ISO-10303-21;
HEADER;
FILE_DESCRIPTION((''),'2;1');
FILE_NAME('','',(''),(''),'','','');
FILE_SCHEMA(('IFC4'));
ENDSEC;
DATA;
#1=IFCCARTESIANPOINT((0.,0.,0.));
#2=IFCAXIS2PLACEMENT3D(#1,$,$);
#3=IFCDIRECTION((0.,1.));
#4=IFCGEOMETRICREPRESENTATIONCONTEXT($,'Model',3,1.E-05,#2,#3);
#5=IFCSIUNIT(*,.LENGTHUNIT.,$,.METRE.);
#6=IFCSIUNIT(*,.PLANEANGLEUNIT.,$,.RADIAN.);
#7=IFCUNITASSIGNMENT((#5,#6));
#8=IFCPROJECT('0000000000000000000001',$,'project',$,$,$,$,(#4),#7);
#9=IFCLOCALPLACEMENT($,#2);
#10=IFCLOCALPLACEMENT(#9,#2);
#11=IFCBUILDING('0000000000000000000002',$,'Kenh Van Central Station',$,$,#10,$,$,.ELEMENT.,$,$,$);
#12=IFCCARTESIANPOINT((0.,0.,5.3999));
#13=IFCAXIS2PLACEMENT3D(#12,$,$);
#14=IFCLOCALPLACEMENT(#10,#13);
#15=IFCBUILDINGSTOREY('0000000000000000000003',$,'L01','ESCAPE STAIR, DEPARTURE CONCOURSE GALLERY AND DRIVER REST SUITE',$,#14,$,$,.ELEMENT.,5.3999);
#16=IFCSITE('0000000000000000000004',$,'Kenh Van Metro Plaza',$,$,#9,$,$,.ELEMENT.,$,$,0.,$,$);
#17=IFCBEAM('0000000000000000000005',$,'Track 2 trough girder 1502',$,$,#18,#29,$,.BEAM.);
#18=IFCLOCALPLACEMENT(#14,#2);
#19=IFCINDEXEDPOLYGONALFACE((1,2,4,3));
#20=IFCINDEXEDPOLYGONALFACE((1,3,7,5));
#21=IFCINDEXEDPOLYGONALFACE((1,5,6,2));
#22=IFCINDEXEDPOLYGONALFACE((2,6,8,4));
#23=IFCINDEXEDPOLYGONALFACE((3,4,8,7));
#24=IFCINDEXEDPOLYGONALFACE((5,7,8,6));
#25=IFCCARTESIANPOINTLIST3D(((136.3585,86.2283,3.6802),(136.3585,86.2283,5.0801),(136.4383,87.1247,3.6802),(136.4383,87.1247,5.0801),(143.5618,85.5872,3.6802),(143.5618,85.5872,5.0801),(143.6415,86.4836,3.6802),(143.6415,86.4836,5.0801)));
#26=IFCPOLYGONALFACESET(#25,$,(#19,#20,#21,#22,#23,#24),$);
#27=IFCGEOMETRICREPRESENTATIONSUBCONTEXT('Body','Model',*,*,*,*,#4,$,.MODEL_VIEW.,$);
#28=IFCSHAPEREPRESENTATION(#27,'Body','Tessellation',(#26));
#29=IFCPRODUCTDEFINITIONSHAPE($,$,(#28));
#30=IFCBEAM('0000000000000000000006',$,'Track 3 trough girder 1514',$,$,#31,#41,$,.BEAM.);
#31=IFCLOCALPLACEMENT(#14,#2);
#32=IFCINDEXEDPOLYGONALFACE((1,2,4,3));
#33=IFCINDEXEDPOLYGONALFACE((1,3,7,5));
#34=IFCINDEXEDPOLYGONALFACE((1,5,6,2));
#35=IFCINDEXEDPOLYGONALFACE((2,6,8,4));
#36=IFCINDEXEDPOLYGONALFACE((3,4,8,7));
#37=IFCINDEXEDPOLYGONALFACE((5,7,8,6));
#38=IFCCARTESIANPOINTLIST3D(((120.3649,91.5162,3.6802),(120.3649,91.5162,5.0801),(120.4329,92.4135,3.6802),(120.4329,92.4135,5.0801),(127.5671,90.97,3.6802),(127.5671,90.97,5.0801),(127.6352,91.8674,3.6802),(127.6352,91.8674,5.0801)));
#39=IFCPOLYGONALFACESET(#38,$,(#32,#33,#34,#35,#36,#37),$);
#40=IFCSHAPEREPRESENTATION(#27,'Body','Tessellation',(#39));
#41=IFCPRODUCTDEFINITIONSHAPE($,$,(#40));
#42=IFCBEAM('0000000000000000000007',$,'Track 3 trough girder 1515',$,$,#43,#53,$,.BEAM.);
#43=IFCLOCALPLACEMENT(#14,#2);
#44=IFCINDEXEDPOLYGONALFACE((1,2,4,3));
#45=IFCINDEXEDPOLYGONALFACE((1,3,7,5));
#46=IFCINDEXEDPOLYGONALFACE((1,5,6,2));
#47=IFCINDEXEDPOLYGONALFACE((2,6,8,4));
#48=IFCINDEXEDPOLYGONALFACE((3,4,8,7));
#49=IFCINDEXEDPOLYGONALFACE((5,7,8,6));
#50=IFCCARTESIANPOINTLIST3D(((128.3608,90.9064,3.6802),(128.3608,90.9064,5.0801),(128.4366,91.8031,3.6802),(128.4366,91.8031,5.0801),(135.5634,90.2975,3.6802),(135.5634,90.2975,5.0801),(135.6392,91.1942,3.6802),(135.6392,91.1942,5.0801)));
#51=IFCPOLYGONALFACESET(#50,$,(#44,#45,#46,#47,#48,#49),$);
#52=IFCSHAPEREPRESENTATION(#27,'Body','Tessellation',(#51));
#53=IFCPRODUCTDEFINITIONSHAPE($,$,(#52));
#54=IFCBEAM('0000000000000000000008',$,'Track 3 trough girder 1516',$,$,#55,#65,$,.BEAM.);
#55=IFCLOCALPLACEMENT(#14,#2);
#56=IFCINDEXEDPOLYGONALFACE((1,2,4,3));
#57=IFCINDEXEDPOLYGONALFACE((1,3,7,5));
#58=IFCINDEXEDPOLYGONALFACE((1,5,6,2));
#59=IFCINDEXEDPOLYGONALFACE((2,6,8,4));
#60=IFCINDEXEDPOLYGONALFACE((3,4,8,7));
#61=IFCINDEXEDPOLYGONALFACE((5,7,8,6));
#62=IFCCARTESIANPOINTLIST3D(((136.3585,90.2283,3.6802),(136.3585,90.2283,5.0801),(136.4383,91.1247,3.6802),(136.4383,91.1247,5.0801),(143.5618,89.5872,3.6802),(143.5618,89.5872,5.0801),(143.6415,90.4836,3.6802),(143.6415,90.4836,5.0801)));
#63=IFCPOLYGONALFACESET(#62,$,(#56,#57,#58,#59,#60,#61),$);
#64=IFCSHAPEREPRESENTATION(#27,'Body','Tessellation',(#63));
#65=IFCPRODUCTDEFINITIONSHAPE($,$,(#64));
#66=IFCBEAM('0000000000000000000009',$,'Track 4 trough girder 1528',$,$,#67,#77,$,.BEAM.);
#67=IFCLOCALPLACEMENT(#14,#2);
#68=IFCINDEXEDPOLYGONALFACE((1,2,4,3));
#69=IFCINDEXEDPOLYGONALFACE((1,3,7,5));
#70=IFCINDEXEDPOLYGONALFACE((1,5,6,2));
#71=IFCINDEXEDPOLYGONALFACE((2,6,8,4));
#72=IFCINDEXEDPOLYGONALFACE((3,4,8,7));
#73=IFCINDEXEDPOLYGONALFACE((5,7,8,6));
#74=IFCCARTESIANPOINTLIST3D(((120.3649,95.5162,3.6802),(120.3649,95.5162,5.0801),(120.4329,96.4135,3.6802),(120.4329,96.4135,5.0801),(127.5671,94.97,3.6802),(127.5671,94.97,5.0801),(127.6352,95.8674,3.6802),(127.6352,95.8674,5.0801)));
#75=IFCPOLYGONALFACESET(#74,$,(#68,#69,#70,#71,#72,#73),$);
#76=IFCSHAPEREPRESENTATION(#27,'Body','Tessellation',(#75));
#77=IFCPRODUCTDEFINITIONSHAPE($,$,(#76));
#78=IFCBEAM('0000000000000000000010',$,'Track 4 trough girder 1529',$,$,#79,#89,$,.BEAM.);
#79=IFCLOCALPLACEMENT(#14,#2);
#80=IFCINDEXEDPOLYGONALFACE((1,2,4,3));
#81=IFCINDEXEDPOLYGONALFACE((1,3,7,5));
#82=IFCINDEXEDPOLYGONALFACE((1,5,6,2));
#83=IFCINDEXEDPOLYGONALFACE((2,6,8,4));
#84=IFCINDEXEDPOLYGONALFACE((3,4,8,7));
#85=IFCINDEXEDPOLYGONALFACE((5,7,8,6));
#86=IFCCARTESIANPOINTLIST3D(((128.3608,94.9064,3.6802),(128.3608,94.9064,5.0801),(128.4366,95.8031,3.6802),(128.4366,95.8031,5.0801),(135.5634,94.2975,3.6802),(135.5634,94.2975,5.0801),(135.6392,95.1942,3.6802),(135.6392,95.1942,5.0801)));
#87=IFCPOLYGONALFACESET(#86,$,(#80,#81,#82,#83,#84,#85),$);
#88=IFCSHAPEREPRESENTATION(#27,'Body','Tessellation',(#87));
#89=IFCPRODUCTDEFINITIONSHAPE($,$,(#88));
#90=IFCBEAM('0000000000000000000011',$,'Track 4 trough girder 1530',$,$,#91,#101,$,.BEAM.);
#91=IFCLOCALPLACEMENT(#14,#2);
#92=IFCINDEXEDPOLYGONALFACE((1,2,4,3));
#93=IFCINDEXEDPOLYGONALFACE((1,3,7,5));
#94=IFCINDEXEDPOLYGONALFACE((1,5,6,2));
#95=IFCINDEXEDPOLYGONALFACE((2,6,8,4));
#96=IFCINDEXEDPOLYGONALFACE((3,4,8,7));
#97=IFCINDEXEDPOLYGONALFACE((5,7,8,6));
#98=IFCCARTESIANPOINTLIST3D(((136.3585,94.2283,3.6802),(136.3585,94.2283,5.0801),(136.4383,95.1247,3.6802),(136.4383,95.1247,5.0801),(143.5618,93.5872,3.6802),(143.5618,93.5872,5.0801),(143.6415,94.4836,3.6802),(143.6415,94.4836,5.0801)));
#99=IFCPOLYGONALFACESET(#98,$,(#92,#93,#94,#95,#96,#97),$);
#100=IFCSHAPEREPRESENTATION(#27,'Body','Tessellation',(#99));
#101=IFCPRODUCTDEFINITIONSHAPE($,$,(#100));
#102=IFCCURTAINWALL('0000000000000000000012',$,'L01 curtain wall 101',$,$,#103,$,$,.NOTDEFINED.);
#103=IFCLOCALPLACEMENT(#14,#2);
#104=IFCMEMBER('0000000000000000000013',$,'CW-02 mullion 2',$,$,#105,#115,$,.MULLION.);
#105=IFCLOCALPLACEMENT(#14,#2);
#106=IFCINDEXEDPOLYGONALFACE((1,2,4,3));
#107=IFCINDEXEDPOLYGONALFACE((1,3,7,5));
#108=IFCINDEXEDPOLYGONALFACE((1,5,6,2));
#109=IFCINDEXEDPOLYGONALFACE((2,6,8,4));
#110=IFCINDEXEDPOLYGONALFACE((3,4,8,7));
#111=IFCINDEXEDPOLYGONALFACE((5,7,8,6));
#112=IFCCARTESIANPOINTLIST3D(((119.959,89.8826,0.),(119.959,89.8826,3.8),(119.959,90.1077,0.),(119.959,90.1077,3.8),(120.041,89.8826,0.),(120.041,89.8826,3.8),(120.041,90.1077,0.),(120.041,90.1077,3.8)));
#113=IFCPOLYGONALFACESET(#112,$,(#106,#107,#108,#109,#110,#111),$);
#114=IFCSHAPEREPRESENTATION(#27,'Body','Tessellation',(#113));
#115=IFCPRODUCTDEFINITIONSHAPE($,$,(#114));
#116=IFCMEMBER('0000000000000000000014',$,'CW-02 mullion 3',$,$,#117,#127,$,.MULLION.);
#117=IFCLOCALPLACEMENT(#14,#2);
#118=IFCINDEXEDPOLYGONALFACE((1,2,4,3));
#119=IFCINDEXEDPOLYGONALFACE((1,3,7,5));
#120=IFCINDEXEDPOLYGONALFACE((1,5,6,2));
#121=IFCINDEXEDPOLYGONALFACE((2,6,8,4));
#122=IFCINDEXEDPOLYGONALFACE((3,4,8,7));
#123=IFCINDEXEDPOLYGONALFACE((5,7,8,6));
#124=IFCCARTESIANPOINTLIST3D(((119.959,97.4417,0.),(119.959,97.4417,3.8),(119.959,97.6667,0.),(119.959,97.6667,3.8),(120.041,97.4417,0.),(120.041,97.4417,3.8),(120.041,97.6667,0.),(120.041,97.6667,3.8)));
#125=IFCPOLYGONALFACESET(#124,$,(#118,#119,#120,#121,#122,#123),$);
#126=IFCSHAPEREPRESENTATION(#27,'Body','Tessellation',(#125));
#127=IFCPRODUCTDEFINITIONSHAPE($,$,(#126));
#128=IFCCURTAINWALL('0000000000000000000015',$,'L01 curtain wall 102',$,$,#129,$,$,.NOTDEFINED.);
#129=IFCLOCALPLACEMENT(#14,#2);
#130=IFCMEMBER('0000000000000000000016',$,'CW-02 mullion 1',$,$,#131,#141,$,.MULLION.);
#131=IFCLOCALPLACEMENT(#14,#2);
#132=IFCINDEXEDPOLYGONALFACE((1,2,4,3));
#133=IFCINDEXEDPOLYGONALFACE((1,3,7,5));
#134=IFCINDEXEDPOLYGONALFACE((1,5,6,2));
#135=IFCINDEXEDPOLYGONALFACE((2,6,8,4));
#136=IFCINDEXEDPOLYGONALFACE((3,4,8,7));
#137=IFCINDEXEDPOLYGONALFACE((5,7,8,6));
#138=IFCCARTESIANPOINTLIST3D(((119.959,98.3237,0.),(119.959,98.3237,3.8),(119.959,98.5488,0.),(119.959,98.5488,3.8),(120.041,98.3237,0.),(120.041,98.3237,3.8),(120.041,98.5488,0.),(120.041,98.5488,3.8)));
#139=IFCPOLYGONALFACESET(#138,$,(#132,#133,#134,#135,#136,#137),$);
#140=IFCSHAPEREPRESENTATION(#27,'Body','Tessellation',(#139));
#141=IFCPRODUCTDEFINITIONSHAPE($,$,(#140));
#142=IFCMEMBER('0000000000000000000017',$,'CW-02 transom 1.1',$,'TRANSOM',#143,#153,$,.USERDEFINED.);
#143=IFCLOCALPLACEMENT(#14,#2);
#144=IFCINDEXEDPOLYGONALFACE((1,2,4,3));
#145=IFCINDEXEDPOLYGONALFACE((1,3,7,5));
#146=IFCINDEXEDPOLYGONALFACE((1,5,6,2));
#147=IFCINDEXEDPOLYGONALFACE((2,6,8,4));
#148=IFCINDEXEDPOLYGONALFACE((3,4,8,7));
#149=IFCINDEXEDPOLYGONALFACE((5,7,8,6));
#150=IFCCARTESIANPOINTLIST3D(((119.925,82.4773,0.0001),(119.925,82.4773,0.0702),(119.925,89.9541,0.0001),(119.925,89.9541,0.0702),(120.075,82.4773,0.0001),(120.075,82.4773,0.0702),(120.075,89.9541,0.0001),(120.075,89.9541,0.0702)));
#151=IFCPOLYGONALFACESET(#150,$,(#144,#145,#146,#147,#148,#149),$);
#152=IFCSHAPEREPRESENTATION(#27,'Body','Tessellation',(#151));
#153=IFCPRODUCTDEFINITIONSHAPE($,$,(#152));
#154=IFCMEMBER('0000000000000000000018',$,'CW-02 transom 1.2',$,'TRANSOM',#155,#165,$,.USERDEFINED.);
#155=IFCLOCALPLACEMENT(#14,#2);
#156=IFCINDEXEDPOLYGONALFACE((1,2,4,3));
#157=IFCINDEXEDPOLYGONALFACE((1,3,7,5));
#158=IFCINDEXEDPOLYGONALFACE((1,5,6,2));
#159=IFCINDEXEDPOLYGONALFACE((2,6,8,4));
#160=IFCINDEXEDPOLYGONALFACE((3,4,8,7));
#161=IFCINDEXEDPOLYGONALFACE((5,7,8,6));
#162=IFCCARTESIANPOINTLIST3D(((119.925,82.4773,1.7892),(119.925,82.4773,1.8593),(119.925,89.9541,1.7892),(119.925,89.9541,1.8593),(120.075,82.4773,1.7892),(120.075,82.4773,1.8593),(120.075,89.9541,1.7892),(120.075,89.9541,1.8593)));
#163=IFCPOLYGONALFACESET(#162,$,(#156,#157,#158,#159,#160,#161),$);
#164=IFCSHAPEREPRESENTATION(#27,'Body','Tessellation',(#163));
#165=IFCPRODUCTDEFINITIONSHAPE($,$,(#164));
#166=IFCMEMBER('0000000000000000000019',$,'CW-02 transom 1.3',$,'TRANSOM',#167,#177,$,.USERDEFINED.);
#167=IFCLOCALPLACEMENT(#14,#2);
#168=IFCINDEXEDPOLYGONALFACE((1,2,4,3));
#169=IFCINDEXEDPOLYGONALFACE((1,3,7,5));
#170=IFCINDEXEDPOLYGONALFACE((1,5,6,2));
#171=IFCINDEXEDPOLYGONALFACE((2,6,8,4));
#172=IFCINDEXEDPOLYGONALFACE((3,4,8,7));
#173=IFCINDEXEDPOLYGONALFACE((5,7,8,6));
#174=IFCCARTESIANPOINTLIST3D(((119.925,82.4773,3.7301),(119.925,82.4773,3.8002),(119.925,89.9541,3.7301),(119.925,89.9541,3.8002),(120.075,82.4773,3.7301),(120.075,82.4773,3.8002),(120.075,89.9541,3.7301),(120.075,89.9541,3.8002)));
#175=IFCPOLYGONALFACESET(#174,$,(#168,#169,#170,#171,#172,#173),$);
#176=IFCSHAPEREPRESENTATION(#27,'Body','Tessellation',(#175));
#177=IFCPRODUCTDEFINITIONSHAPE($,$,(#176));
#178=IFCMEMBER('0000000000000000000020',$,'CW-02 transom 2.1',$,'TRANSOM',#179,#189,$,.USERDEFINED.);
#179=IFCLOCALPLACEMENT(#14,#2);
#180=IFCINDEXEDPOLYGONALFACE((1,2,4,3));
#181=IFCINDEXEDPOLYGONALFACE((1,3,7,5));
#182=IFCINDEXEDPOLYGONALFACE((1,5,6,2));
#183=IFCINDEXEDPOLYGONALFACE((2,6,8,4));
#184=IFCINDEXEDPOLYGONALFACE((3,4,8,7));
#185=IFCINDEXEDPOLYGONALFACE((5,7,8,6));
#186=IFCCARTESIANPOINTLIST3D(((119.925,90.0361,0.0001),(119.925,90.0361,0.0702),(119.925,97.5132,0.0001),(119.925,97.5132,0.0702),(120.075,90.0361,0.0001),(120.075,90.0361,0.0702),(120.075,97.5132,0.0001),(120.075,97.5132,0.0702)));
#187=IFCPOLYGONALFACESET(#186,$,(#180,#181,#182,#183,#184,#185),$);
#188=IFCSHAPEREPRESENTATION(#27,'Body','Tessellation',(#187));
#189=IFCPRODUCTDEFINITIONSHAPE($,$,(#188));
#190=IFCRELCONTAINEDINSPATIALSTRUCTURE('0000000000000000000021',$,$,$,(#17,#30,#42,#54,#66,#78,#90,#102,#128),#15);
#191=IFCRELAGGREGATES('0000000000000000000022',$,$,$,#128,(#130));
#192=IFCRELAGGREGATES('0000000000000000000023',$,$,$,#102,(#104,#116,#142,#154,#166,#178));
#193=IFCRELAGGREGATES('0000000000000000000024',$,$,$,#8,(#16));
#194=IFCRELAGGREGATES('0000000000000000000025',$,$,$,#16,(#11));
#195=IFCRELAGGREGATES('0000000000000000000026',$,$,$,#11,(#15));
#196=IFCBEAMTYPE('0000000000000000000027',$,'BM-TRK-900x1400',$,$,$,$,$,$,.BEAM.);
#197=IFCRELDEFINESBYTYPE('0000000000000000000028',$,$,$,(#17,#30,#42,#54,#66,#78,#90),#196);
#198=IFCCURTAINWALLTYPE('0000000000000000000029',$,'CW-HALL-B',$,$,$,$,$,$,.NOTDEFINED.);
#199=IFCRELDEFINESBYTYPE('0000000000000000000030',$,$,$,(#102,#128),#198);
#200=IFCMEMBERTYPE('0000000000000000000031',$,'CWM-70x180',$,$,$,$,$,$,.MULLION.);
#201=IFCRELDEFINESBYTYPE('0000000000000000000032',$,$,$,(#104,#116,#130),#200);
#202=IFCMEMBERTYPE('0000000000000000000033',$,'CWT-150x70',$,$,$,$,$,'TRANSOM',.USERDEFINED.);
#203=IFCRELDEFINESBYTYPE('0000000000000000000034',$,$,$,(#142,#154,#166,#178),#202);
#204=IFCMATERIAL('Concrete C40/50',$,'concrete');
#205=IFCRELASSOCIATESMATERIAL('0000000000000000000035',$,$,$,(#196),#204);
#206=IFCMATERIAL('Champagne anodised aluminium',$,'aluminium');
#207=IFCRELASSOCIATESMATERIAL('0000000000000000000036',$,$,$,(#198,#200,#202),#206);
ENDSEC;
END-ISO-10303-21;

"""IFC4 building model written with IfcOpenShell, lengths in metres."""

from ifc_helpers import new_model, si_unit, direction, frame, origin, origin_2d, place, context, subcontext, project, spatial, rectangle, extrude, material, material_profile, profile_set, type_object, element, aggregate, save


model = new_model("IFC4")

# Units and contexts
model_context = context("Model", 3, precision=1e-05, world=origin(), true_north=direction((0.0, 1.0)))
body_context = subcontext(model_context, "Body", "Model", "MODEL_VIEW")
ifc_project = project(units=[si_unit("LENGTHUNIT", "METRE"), si_unit("PLANEANGLEUNIT", "RADIAN")], contexts=[model_context])

# Site, building, storey
site_placement = place(None, origin())
site = spatial("IfcSite", under=ifc_project, at=site_placement, Name="Kenh Van Metro Plaza", CompositionType="ELEMENT", RefElevation=0.0)
building_placement = place(site_placement, origin())
building = spatial("IfcBuilding", under=site, at=building_placement, Name="Kenh Van Central Station", CompositionType="ELEMENT")
storey_placement = place(building_placement, frame((0.0, 0.0, 5.3999)))
storey = spatial("IfcBuildingStorey", under=building, at=storey_placement, Name="L01", Description="ESCAPE STAIR, DEPARTURE CONCOURSE GALLERY AND DRIVER REST SUITE", CompositionType="ELEMENT", Elevation=5.3999)

# Shared definitions
ifc_material_1 = material(Name="Concrete C40/50", Category="concrete")

# Beams
ifc_material_profile_1 = material_profile(ifc_material_1, rectangle(XDim=0.8999, YDim=1.3999, at=origin_2d()), Name="RC 900x1400")
ifc_profile_set_1 = profile_set([ifc_material_profile_1], Name="Concrete C40/50")
beam_type_1 = type_object("IfcBeamType", Name="BM-TRK-900x1400", PredefinedType="BEAM", material=ifc_profile_set_1)
beam_1_placement = place(storey_placement, frame((136.3984, 86.6765, 4.3801), z_axis=(0.996062, -0.088654, 0.0), x_axis=(0.088654, 0.996062, 0.0)))
element("IfcBeam", 1, at=beam_1_placement, inside=storey, type_object=beam_type_1, Name="Track 2 trough girder 1502", PredefinedType="BEAM", context=body_context, shape_type="SweptSolid", body=[
    extrude(rectangle(XDim=0.8999, YDim=1.3999, at=origin_2d()), origin(), (0.0, 0.0, 1.0), 7.2317),
])
beam_2_placement = place(storey_placement, frame((120.3989, 91.9648, 4.3801), z_axis=(0.997137, -0.075613, 0.0), x_axis=(0.075613, 0.997137, 0.0)))
element("IfcBeam", 2, at=beam_2_placement, inside=storey, type_object=beam_type_1, Name="Track 3 trough girder 1514", PredefinedType="BEAM", context=body_context, shape_type="SweptSolid", body=[
    extrude(rectangle(XDim=0.8999, YDim=1.3999, at=origin_2d()), origin(), (0.0, 0.0, 1.0), 7.2229),
])
beam_3_placement = place(storey_placement, frame((128.3987, 91.3547, 4.3801), z_axis=(0.996446, -0.084236, 0.0), x_axis=(0.084236, 0.996446, 0.0)))
element("IfcBeam", 3, at=beam_3_placement, inside=storey, type_object=beam_type_1, Name="Track 3 trough girder 1515", PredefinedType="BEAM", context=body_context, shape_type="SweptSolid", body=[
    extrude(rectangle(XDim=0.8999, YDim=1.3999, at=origin_2d()), origin(), (0.0, 0.0, 1.0), 7.2283),
])
beam_4_placement = place(storey_placement, frame((136.3984, 90.6765, 4.3801), z_axis=(0.996062, -0.088654, 0.0), x_axis=(0.088654, 0.996062, 0.0)))
element("IfcBeam", 4, at=beam_4_placement, inside=storey, type_object=beam_type_1, Name="Track 3 trough girder 1516", PredefinedType="BEAM", context=body_context, shape_type="SweptSolid", body=[
    extrude(rectangle(XDim=0.8999, YDim=1.3999, at=origin_2d()), origin(), (0.0, 0.0, 1.0), 7.2317),
])
beam_5_placement = place(storey_placement, frame((120.3989, 95.9648, 4.3801), z_axis=(0.997137, -0.075613, 0.0), x_axis=(0.075613, 0.997137, 0.0)))
element("IfcBeam", 5, at=beam_5_placement, inside=storey, type_object=beam_type_1, Name="Track 4 trough girder 1528", PredefinedType="BEAM", context=body_context, shape_type="SweptSolid", body=[
    extrude(rectangle(XDim=0.8999, YDim=1.3999, at=origin_2d()), origin(), (0.0, 0.0, 1.0), 7.2229),
])
beam_6_placement = place(storey_placement, frame((128.3987, 95.3547, 4.3801), z_axis=(0.996446, -0.084236, 0.0), x_axis=(0.084236, 0.996446, 0.0)))
element("IfcBeam", 6, at=beam_6_placement, inside=storey, type_object=beam_type_1, Name="Track 4 trough girder 1529", PredefinedType="BEAM", context=body_context, shape_type="SweptSolid", body=[
    extrude(rectangle(XDim=0.8999, YDim=1.3999, at=origin_2d()), origin(), (0.0, 0.0, 1.0), 7.2283),
])
beam_7_placement = place(storey_placement, frame((136.3984, 94.6765, 4.3801), z_axis=(0.996062, -0.088654, 0.0), x_axis=(0.088654, 0.996062, 0.0)))
element("IfcBeam", 7, at=beam_7_placement, inside=storey, type_object=beam_type_1, Name="Track 4 trough girder 1530", PredefinedType="BEAM", context=body_context, shape_type="SweptSolid", body=[
    extrude(rectangle(XDim=0.8999, YDim=1.3999, at=origin_2d()), origin(), (0.0, 0.0, 1.0), 7.2317),
])

# Curtain wall, members
ifc_material_2 = material(Name="Champagne anodised aluminium", Category="aluminium")
curtain_wall_type = type_object("IfcCurtainWallType", Name="CW-HALL-B", PredefinedType="NOTDEFINED", material=ifc_material_2)
curtain_wall_1_placement = place(storey_placement, origin())
curtain_wall_1 = element("IfcCurtainWall", 8, at=curtain_wall_1_placement, inside=storey, type_object=curtain_wall_type, Name="L01 curtain wall 101", PredefinedType="NOTDEFINED")
ifc_material_profile_2 = material_profile(ifc_material_2, rectangle(XDim=0.082, YDim=0.2251, at=origin_2d()), Name="AL 82x225")
ifc_profile_set_2 = profile_set([ifc_material_profile_2], Name="Champagne anodised aluminium")
member_type_1 = type_object("IfcMemberType", Name="CWM-70x180", PredefinedType="MULLION", material=ifc_profile_set_2)
member_1_placement = place(storey_placement, frame((120.0, 89.9951, 0.0), z_axis=(0.0, 0.0, 1.0), x_axis=(-1.0, 0.0, 0.0)))
member_1 = element("IfcMember", 9, at=member_1_placement, type_object=member_type_1, Name="CW-02 mullion 2", PredefinedType="MULLION", context=body_context, shape_type="SweptSolid", body=[
    extrude(rectangle(XDim=0.082, YDim=0.2251, at=origin_2d()), origin(), (0.0, 0.0, 1.0), 3.8),
])
member_2_placement = place(storey_placement, frame((120.0, 97.5542, 0.0), z_axis=(0.0, 0.0, 1.0), x_axis=(-1.0, 0.0, 0.0)))
member_2 = element("IfcMember", 10, at=member_2_placement, type_object=member_type_1, Name="CW-02 mullion 3", PredefinedType="MULLION", context=body_context, shape_type="SweptSolid", body=[
    extrude(rectangle(XDim=0.082, YDim=0.2251, at=origin_2d()), origin(), (0.0, 0.0, 1.0), 3.8),
])

# Curtain wall, member
curtain_wall_2_placement = place(storey_placement, origin())
curtain_wall_2 = element("IfcCurtainWall", 11, at=curtain_wall_2_placement, inside=storey, type_object=curtain_wall_type, Name="L01 curtain wall 102", PredefinedType="NOTDEFINED")
member_3_placement = place(storey_placement, frame((120.0, 98.4363, 0.0), z_axis=(0.0, 0.0, 1.0), x_axis=(-1.0, 0.0, 0.0)))
member_3 = element("IfcMember", 12, at=member_3_placement, type_object=member_type_1, Name="CW-02 mullion 1", PredefinedType="MULLION", context=body_context, shape_type="SweptSolid", body=[
    extrude(rectangle(XDim=0.082, YDim=0.2251, at=origin_2d()), origin(), (0.0, 0.0, 1.0), 3.8),
])

# Members
ifc_material_profile_3 = material_profile(ifc_material_2, rectangle(XDim=0.1499, YDim=0.0701, at=origin_2d()), Name="AL 150x70")
ifc_profile_set_3 = profile_set([ifc_material_profile_3], Name="Champagne anodised aluminium")
member_type_2 = type_object("IfcMemberType", Name="CWT-150x70", ElementType="TRANSOM", PredefinedType="USERDEFINED", material=ifc_profile_set_3)
member_4_placement = place(storey_placement, frame((120.0, 82.4773, 0.0352), z_axis=(0.0, 1.0, 0.0), x_axis=(-1.0, 0.0, 0.0)))
member_4 = element("IfcMember", 13, at=member_4_placement, type_object=member_type_2, Name="CW-02 transom 1.1", ObjectType="TRANSOM", PredefinedType="USERDEFINED", context=body_context, shape_type="SweptSolid", body=[
    extrude(rectangle(XDim=0.1499, YDim=0.0701, at=origin_2d()), origin(), (0.0, 0.0, 1.0), 7.4768),
])
member_5_placement = place(storey_placement, frame((120.0, 82.4773, 1.8242), z_axis=(0.0, 1.0, 0.0), x_axis=(-1.0, 0.0, 0.0)))
member_5 = element("IfcMember", 14, at=member_5_placement, type_object=member_type_2, Name="CW-02 transom 1.2", ObjectType="TRANSOM", PredefinedType="USERDEFINED", context=body_context, shape_type="SweptSolid", body=[
    extrude(rectangle(XDim=0.1499, YDim=0.0701, at=origin_2d()), origin(), (0.0, 0.0, 1.0), 7.4768),
])
member_6_placement = place(storey_placement, frame((120.0, 82.4773, 3.7651), z_axis=(0.0, 1.0, 0.0), x_axis=(-1.0, 0.0, 0.0)))
member_6 = element("IfcMember", 15, at=member_6_placement, type_object=member_type_2, Name="CW-02 transom 1.3", ObjectType="TRANSOM", PredefinedType="USERDEFINED", context=body_context, shape_type="SweptSolid", body=[
    extrude(rectangle(XDim=0.1499, YDim=0.0701, at=origin_2d()), origin(), (0.0, 0.0, 1.0), 7.4768),
])
member_7_placement = place(storey_placement, frame((120.0, 90.0361, 0.0352), z_axis=(0.0, 1.0, 0.0), x_axis=(-1.0, 0.0, 0.0)))
member_7 = element("IfcMember", 16, at=member_7_placement, type_object=member_type_2, Name="CW-02 transom 2.1", ObjectType="TRANSOM", PredefinedType="USERDEFINED", context=body_context, shape_type="SweptSolid", body=[
    extrude(rectangle(XDim=0.1499, YDim=0.0701, at=origin_2d()), origin(), (0.0, 0.0, 1.0), 7.4771),
])
aggregate(curtain_wall_2, [member_3])

aggregate(curtain_wall_1, [member_1, member_2, member_4, member_5, member_6, member_7])

save(model, "model.ifc")
